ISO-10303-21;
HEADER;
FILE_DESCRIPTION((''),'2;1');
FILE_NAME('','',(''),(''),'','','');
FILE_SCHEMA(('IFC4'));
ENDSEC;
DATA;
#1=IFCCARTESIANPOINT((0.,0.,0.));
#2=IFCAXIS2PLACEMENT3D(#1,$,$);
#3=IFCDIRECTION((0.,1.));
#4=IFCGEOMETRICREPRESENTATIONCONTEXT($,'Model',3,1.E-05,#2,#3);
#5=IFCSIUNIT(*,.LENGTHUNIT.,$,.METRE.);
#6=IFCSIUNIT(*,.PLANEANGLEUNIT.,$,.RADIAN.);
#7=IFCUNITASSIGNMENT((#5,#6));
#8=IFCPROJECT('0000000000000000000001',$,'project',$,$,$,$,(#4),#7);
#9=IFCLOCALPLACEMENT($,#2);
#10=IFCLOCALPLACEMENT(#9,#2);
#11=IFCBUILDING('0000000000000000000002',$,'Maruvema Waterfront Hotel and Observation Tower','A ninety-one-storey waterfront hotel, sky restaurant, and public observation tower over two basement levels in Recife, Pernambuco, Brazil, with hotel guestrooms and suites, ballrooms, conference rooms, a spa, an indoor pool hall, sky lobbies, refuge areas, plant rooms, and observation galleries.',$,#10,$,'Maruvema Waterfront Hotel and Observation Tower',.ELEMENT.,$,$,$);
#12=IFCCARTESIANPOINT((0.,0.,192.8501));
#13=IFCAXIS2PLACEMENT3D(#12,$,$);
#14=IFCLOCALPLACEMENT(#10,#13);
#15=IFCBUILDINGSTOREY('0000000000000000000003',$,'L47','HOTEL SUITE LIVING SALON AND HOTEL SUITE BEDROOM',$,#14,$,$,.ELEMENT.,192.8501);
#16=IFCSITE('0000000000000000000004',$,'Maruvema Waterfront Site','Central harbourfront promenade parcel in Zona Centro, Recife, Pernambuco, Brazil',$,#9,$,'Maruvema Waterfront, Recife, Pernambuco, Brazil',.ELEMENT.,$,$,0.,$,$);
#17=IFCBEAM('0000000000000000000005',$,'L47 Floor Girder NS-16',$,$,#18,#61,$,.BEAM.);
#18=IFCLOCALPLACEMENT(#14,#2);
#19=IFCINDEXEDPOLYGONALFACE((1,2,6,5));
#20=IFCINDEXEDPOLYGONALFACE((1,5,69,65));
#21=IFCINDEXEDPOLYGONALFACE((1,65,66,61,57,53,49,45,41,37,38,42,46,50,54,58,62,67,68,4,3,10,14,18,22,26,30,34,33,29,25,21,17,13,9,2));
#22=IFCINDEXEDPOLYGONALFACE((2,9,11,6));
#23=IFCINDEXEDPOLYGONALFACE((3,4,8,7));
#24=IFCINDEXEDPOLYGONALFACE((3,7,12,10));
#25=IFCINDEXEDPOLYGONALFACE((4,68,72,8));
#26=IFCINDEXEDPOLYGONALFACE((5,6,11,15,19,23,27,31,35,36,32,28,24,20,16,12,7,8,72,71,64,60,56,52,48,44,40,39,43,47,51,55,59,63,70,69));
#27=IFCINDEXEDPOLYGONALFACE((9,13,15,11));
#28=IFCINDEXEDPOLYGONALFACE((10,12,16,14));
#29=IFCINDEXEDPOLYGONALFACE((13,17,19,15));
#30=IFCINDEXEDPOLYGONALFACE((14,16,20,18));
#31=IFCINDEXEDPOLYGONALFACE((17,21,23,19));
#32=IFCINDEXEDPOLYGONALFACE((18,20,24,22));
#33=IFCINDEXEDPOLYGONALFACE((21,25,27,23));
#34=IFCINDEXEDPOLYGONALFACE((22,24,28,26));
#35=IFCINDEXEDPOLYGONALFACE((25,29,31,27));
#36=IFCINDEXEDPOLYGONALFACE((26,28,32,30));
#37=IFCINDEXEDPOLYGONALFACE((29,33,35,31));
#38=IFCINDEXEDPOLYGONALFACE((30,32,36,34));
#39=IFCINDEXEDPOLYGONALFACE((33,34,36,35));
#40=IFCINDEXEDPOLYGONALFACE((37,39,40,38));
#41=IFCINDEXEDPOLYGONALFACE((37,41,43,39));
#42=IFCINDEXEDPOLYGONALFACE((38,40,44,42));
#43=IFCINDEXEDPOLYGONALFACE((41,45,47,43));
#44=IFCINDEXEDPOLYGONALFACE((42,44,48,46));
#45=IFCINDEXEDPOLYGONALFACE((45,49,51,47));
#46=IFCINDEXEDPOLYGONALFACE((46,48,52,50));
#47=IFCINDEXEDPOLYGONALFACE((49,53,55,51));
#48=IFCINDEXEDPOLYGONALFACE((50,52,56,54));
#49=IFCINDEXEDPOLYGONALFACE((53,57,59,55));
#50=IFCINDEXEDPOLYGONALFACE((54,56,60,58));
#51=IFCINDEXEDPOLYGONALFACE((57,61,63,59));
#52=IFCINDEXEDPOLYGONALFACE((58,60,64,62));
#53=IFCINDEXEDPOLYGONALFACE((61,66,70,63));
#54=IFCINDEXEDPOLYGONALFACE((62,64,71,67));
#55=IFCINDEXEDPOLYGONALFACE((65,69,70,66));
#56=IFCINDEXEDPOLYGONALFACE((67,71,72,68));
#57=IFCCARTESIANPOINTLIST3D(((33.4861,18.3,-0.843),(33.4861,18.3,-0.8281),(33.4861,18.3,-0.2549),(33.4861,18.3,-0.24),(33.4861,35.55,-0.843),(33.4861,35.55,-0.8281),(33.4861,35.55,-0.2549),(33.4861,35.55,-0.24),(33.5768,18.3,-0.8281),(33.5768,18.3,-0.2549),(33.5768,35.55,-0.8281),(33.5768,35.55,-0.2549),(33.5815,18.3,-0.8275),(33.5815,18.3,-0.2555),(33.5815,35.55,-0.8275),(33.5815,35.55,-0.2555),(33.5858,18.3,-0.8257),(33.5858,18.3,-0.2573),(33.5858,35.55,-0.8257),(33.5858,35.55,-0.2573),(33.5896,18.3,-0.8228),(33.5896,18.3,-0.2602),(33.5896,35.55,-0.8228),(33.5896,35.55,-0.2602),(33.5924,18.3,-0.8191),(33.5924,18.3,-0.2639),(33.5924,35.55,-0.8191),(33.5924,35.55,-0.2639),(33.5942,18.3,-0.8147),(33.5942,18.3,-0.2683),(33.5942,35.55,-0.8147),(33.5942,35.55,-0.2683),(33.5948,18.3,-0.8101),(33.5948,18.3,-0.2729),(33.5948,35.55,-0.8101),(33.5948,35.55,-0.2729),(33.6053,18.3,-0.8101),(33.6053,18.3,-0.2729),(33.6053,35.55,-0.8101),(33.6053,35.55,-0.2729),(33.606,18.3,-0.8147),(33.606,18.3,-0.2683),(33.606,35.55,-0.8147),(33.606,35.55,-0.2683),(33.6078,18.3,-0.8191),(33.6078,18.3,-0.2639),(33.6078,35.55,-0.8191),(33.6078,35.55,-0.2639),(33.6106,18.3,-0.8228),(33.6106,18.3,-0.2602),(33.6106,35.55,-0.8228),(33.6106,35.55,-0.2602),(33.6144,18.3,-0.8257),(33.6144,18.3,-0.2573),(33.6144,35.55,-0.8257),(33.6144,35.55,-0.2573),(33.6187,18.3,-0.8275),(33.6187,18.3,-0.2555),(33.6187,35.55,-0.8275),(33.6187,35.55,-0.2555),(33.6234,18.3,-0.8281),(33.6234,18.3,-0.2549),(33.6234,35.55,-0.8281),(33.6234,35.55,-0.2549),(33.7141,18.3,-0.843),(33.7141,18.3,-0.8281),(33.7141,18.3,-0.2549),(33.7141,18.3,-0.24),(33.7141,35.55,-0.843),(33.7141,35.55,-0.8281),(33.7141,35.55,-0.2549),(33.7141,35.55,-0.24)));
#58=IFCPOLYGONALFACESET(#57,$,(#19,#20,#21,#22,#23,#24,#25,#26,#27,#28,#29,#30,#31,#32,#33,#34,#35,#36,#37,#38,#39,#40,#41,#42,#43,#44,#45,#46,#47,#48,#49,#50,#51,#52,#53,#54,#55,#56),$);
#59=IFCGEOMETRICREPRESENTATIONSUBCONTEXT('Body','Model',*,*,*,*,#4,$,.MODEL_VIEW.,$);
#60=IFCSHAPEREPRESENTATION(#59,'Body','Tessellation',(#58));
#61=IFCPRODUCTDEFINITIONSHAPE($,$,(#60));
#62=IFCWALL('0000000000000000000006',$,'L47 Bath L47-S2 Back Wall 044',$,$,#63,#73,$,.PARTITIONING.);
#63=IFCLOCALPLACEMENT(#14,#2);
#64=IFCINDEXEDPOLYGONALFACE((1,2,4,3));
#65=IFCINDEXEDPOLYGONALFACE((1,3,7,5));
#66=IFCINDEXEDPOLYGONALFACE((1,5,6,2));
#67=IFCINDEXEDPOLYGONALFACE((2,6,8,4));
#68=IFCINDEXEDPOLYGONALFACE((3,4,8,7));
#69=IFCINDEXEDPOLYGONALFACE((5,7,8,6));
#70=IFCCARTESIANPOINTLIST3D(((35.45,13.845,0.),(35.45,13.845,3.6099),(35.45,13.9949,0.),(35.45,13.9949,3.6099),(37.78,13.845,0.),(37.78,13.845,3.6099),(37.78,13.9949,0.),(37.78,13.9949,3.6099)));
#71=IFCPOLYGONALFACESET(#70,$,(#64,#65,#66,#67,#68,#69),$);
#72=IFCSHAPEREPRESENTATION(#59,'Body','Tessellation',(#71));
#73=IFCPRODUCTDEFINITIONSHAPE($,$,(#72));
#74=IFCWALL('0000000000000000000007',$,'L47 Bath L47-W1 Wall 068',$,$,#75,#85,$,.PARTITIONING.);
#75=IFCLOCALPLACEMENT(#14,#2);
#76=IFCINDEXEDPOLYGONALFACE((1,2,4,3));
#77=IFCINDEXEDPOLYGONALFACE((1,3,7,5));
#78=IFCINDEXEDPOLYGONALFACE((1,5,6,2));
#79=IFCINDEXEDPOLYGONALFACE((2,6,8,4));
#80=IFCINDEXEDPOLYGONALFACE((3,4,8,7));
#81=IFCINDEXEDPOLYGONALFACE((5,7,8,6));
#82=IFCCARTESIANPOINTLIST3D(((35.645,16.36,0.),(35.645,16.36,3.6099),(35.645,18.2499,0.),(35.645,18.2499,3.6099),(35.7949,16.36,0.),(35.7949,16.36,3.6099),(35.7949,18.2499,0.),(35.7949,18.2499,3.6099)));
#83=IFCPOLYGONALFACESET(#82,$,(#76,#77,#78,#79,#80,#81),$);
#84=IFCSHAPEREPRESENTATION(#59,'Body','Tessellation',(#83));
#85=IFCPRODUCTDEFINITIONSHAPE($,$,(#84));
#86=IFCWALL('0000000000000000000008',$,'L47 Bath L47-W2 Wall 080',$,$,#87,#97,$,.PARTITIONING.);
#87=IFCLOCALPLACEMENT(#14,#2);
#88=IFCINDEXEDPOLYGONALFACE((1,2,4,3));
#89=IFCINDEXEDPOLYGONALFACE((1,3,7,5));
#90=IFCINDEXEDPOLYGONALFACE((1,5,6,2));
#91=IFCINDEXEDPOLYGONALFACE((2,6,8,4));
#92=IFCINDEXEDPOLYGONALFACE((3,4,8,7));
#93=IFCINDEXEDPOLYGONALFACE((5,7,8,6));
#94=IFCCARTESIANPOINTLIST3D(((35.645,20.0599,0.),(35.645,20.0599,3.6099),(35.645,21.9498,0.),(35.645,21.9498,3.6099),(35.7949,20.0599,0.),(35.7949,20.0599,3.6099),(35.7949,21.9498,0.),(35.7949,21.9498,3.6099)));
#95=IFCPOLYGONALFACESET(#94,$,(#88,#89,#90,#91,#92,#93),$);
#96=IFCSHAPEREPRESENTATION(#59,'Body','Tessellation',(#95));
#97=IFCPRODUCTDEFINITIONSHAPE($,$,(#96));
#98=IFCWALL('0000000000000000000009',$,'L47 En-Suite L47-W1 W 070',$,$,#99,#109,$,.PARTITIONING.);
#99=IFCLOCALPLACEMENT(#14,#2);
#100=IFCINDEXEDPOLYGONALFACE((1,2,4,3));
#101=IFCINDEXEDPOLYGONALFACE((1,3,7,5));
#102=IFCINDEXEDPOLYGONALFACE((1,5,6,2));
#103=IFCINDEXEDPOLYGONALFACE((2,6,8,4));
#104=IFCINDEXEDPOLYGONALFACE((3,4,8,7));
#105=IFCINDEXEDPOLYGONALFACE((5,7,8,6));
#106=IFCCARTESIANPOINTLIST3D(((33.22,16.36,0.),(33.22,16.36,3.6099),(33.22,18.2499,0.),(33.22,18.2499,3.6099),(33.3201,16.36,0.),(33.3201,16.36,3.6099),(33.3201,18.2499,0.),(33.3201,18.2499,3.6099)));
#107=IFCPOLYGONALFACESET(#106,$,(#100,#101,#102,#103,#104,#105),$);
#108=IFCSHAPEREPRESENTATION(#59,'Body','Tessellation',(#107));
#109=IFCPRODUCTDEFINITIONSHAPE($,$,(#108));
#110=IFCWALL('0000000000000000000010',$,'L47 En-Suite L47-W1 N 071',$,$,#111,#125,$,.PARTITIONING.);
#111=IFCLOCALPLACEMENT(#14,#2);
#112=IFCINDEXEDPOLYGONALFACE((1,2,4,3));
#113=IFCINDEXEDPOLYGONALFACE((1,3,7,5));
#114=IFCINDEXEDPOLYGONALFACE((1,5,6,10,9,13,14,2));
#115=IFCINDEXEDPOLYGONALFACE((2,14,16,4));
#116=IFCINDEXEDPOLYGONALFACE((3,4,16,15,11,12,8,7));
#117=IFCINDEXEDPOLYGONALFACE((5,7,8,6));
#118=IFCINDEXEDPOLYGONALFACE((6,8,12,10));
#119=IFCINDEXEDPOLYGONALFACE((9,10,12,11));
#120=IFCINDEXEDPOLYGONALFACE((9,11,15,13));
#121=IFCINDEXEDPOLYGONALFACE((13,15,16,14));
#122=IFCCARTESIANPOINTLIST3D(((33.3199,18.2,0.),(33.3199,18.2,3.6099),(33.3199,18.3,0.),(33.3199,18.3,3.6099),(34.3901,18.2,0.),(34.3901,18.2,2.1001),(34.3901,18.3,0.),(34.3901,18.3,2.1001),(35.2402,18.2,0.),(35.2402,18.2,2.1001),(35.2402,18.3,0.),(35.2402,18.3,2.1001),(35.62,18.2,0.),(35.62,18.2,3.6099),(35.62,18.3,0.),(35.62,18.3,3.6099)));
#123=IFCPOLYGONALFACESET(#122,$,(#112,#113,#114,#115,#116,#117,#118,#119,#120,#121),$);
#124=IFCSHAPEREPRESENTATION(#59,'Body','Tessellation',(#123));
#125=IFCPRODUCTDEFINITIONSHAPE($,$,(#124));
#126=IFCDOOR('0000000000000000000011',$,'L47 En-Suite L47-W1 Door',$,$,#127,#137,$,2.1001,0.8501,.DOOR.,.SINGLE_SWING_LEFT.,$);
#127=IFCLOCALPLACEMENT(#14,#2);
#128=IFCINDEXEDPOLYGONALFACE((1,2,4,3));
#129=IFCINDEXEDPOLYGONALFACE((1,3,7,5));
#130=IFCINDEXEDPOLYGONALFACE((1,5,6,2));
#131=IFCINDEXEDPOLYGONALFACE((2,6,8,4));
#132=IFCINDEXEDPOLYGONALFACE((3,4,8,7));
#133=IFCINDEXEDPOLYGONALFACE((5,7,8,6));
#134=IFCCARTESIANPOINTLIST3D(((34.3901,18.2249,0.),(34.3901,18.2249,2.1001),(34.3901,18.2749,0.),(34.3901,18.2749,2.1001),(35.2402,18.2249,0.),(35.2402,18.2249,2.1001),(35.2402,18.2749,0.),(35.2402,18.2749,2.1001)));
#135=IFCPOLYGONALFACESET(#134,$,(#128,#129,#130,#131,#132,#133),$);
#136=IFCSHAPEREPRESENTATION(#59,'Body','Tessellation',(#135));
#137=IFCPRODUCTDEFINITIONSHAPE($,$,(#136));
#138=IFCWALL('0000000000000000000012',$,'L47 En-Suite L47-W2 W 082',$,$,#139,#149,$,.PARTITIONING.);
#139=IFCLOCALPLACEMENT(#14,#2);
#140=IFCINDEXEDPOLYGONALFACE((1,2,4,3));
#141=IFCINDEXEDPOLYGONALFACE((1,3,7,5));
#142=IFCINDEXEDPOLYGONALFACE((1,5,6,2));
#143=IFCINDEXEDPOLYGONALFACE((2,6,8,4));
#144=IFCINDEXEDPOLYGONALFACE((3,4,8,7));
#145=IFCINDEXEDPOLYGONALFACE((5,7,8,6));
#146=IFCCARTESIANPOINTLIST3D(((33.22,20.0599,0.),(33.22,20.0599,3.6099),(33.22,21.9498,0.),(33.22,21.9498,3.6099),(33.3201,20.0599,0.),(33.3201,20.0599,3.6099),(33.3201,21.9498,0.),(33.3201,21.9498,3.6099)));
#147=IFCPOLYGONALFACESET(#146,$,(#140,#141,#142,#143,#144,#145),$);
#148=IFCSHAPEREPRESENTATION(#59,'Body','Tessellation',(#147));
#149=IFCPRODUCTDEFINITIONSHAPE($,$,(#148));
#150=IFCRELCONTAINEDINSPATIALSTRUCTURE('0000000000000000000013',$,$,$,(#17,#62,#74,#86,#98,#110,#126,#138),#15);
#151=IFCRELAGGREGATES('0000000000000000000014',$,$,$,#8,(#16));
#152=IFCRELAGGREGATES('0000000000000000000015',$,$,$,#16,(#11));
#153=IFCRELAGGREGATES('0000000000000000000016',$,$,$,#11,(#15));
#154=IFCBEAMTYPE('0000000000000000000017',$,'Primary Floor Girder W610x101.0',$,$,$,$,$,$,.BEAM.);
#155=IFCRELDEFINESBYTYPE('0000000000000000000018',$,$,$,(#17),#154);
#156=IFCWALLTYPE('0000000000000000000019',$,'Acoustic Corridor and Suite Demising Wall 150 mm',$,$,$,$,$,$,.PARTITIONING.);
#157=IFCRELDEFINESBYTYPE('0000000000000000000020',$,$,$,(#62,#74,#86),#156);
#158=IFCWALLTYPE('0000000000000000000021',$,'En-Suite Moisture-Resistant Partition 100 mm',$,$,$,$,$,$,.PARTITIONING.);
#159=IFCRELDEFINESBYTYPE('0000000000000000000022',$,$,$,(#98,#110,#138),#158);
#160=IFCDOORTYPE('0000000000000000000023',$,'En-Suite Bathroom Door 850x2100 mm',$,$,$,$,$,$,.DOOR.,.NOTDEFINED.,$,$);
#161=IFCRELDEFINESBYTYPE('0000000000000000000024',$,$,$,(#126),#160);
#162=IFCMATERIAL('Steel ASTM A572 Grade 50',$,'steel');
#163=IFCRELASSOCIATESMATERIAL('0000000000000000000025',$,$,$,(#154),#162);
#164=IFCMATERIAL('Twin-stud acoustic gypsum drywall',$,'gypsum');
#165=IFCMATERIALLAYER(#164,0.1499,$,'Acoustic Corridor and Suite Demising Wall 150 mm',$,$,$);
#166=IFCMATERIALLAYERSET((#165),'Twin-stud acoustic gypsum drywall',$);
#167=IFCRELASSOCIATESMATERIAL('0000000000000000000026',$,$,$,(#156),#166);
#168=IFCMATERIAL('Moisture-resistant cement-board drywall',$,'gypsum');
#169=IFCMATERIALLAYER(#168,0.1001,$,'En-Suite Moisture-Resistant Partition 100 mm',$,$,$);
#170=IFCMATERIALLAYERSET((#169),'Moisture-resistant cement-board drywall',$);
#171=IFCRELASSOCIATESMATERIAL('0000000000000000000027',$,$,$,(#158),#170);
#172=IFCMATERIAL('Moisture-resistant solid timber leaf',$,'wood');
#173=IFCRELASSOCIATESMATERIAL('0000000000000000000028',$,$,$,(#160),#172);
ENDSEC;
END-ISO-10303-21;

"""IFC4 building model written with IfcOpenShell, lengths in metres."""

from ifc_helpers import new_model, si_unit, direction, frame, frame_2d, origin, origin_2d, place, context, subcontext, project, spatial, rectangle, i_section, extrude, material, layer, layer_set, material_profile, profile_set, type_object, element, fill, save


model = new_model("IFC4")

# Units and contexts
model_context = context("Model", 3, precision=1e-05, world=origin(), true_north=direction((0.0, 1.0)))
body_context = subcontext(model_context, "Body", "Model", "MODEL_VIEW")
ifc_project = project(units=[si_unit("LENGTHUNIT", "METRE"), si_unit("PLANEANGLEUNIT", "RADIAN")], contexts=[model_context])

# Site, building, storey
site_placement = place(None, origin())
site = spatial("IfcSite", under=ifc_project, at=site_placement, Name="Maruvema Waterfront Site", Description="Central harbourfront promenade parcel in Zona Centro, Recife, Pernambuco, Brazil", LongName="Maruvema Waterfront, Recife, Pernambuco, Brazil", CompositionType="ELEMENT", RefElevation=0.0)
building_placement = place(site_placement, origin())
building = spatial("IfcBuilding", under=site, at=building_placement, Name="Maruvema Waterfront Hotel and Observation Tower", Description="A ninety-one-storey waterfront hotel, sky restaurant, and public observation tower over two basement levels in Recife, Pernambuco, Brazil, with hotel guestrooms and suites, ballrooms, conference rooms, a spa, an indoor pool hall, sky lobbies, refuge areas, plant rooms, and observation galleries.", LongName="Maruvema Waterfront Hotel and Observation Tower", CompositionType="ELEMENT")
storey_placement = place(building_placement, frame((0.0, 0.0, 192.8501)))
storey = spatial("IfcBuildingStorey", under=building, at=storey_placement, Name="L47", Description="HOTEL SUITE LIVING SALON AND HOTEL SUITE BEDROOM", CompositionType="ELEMENT", Elevation=192.8501)

# Beam
ifc_material_1 = material(Name="Steel ASTM A572 Grade 50", Category="steel")
ifc_material_profile_1 = material_profile(ifc_material_1, i_section(OverallWidth=0.228, OverallDepth=0.603, WebThickness=0.0105, FlangeThickness=0.0149, FilletRadius=0.0181, at=origin_2d()), Name="W610x101.0")
ifc_profile_set_1 = profile_set([ifc_material_profile_1], Name="Steel ASTM A572 Grade 50")
beam_type = type_object("IfcBeamType", Name="Primary Floor Girder W610x101.0", PredefinedType="BEAM", material=ifc_profile_set_1)
beam_1_placement = place(storey_placement, frame((33.6001, 18.3, -0.5415), z_axis=(0.0, 1.0, 0.0), x_axis=(-1.0, 0.0, 0.0)))
element("IfcBeam", 1, at=beam_1_placement, inside=storey, type_object=beam_type, Name="L47 Floor Girder NS-16", PredefinedType="BEAM", context=body_context, shape_type="SweptSolid", body=[
    extrude(i_section(OverallWidth=0.228, OverallDepth=0.603, WebThickness=0.0105, FlangeThickness=0.0149, FilletRadius=0.0181, at=origin_2d()), origin(), (0.0, 0.0, 1.0), 17.25),
])

# Wall
ifc_material_2 = material(Name="Twin-stud acoustic gypsum drywall", Category="gypsum")
ifc_layer_1 = layer(ifc_material_2, 0.1499, Name="Acoustic Corridor and Suite Demising Wall 150 mm")
ifc_layer_set_1 = layer_set([ifc_layer_1], Name="Twin-stud acoustic gypsum drywall")
wall_type_1 = type_object("IfcWallType", Name="Acoustic Corridor and Suite Demising Wall 150 mm", PredefinedType="PARTITIONING", material=ifc_layer_set_1)
wall_1_placement = place(storey_placement, frame((35.45, 13.9199, 0.0), z_axis=(0.0, 0.0, 1.0), x_axis=(1.0, 0.0, 0.0)))
element("IfcWall", 2, at=wall_1_placement, inside=storey, type_object=wall_type_1, Name="L47 Bath L47-S2 Back Wall 044", PredefinedType="PARTITIONING", context=body_context, shape_type="SweptSolid", body=[
    extrude(rectangle(XDim=2.3301, YDim=0.1499, at=frame_2d((1.165, 0.0))), origin(), (0.0, 0.0, 1.0), 3.6099),
])

# Wall
wall_2_placement = place(storey_placement, frame((35.72, 16.3601, 0.0), z_axis=(0.0, 0.0, 1.0), x_axis=(0.0, 1.0, 0.0)))
element("IfcWall", 3, at=wall_2_placement, inside=storey, type_object=wall_type_1, Name="L47 Bath L47-W1 Wall 068", PredefinedType="PARTITIONING", context=body_context, shape_type="SweptSolid", body=[
    extrude(rectangle(XDim=1.8899, YDim=0.1499, at=frame_2d((0.9448, 0.0))), origin(), (0.0, 0.0, 1.0), 3.6099),
])

# Walls
wall_3_placement = place(storey_placement, frame((35.72, 20.0601, 0.0), z_axis=(0.0, 0.0, 1.0), x_axis=(0.0, 1.0, 0.0)))
element("IfcWall", 4, at=wall_3_placement, inside=storey, type_object=wall_type_1, Name="L47 Bath L47-W2 Wall 080", PredefinedType="PARTITIONING", context=body_context, shape_type="SweptSolid", body=[
    extrude(rectangle(XDim=1.8899, YDim=0.1499, at=frame_2d((0.9448, 0.0))), origin(), (0.0, 0.0, 1.0), 3.6099),
])
ifc_material_3 = material(Name="Moisture-resistant cement-board drywall", Category="gypsum")
ifc_layer_2 = layer(ifc_material_3, 0.1001, Name="En-Suite Moisture-Resistant Partition 100 mm")
ifc_layer_set_2 = layer_set([ifc_layer_2], Name="Moisture-resistant cement-board drywall")
wall_type_2 = type_object("IfcWallType", Name="En-Suite Moisture-Resistant Partition 100 mm", PredefinedType="PARTITIONING", material=ifc_layer_set_2)
wall_4_placement = place(storey_placement, frame((33.27, 16.3601, 0.0), z_axis=(0.0, 0.0, 1.0), x_axis=(0.0, 1.0, 0.0)))
element("IfcWall", 5, at=wall_4_placement, inside=storey, type_object=wall_type_2, Name="L47 En-Suite L47-W1 W 070", PredefinedType="PARTITIONING", context=body_context, shape_type="SweptSolid", body=[
    extrude(rectangle(XDim=1.8899, YDim=0.1001, at=frame_2d((0.9448, 0.0))), origin(), (0.0, 0.0, 1.0), 3.6099),
])

# Wall, opening, door
wall_5_placement = place(storey_placement, frame((33.3201, 18.25, 0.0), z_axis=(0.0, 0.0, 1.0), x_axis=(1.0, 0.0, 0.0)))
wall_5 = element("IfcWall", 6, at=wall_5_placement, inside=storey, type_object=wall_type_2, Name="L47 En-Suite L47-W1 N 071", PredefinedType="PARTITIONING", context=body_context, shape_type="SweptSolid", body=[
    extrude(rectangle(XDim=2.3, YDim=0.1001, at=frame_2d((1.1499, 0.0))), origin(), (0.0, 0.0, 1.0), 3.6099),
])
opening_1_placement = place(wall_5_placement, frame((1.0701, 0.0, 0.0)))
opening_1 = element("IfcOpeningElement", 7, at=opening_1_placement, cuts=wall_5, PredefinedType="OPENING", context=body_context, shape_type="SweptSolid", body=[
    extrude(rectangle(XDim=0.8501, YDim=2.1001, at=frame_2d((0.425, 1.05))), frame((0.0, 0.0601, 0.0), z_axis=(0.0, -1.0, 0.0), x_axis=(1.0, 0.0, 0.0)), (0.0, 0.0, 1.0), 0.1201),
])
ifc_material_4 = material(Name="Moisture-resistant solid timber leaf", Category="wood")
door_type_1 = type_object("IfcDoorType", Name="En-Suite Bathroom Door 850x2100 mm", OperationType="NOTDEFINED", PredefinedType="DOOR", material=ifc_material_4)
door_1_placement = place(opening_1_placement, origin())
door_1 = element("IfcDoor", 8, at=door_1_placement, inside=storey, type_object=door_type_1, Name="L47 En-Suite L47-W1 Door", OperationType="SINGLE_SWING_LEFT", OverallHeight=2.1001, OverallWidth=0.8501, PredefinedType="DOOR", context=body_context, shape_type="SweptSolid", body=[
    extrude(rectangle(XDim=0.8501, YDim=2.1001, at=frame_2d((0.425, 1.05))), frame((0.0, 0.0249, 0.0), z_axis=(0.0, -1.0, 0.0), x_axis=(1.0, 0.0, 0.0)), (0.0, 0.0, 1.0), 0.05),
])
fill(opening_1, door_1)

# Wall
wall_6_placement = place(storey_placement, frame((33.27, 20.0601, 0.0), z_axis=(0.0, 0.0, 1.0), x_axis=(0.0, 1.0, 0.0)))
element("IfcWall", 9, at=wall_6_placement, inside=storey, type_object=wall_type_2, Name="L47 En-Suite L47-W2 W 082", PredefinedType="PARTITIONING", context=body_context, shape_type="SweptSolid", body=[
    extrude(rectangle(XDim=1.8899, YDim=0.1001, at=frame_2d((0.9448, 0.0))), origin(), (0.0, 0.0, 1.0), 3.6099),
])

save(model, "model.ifc")
